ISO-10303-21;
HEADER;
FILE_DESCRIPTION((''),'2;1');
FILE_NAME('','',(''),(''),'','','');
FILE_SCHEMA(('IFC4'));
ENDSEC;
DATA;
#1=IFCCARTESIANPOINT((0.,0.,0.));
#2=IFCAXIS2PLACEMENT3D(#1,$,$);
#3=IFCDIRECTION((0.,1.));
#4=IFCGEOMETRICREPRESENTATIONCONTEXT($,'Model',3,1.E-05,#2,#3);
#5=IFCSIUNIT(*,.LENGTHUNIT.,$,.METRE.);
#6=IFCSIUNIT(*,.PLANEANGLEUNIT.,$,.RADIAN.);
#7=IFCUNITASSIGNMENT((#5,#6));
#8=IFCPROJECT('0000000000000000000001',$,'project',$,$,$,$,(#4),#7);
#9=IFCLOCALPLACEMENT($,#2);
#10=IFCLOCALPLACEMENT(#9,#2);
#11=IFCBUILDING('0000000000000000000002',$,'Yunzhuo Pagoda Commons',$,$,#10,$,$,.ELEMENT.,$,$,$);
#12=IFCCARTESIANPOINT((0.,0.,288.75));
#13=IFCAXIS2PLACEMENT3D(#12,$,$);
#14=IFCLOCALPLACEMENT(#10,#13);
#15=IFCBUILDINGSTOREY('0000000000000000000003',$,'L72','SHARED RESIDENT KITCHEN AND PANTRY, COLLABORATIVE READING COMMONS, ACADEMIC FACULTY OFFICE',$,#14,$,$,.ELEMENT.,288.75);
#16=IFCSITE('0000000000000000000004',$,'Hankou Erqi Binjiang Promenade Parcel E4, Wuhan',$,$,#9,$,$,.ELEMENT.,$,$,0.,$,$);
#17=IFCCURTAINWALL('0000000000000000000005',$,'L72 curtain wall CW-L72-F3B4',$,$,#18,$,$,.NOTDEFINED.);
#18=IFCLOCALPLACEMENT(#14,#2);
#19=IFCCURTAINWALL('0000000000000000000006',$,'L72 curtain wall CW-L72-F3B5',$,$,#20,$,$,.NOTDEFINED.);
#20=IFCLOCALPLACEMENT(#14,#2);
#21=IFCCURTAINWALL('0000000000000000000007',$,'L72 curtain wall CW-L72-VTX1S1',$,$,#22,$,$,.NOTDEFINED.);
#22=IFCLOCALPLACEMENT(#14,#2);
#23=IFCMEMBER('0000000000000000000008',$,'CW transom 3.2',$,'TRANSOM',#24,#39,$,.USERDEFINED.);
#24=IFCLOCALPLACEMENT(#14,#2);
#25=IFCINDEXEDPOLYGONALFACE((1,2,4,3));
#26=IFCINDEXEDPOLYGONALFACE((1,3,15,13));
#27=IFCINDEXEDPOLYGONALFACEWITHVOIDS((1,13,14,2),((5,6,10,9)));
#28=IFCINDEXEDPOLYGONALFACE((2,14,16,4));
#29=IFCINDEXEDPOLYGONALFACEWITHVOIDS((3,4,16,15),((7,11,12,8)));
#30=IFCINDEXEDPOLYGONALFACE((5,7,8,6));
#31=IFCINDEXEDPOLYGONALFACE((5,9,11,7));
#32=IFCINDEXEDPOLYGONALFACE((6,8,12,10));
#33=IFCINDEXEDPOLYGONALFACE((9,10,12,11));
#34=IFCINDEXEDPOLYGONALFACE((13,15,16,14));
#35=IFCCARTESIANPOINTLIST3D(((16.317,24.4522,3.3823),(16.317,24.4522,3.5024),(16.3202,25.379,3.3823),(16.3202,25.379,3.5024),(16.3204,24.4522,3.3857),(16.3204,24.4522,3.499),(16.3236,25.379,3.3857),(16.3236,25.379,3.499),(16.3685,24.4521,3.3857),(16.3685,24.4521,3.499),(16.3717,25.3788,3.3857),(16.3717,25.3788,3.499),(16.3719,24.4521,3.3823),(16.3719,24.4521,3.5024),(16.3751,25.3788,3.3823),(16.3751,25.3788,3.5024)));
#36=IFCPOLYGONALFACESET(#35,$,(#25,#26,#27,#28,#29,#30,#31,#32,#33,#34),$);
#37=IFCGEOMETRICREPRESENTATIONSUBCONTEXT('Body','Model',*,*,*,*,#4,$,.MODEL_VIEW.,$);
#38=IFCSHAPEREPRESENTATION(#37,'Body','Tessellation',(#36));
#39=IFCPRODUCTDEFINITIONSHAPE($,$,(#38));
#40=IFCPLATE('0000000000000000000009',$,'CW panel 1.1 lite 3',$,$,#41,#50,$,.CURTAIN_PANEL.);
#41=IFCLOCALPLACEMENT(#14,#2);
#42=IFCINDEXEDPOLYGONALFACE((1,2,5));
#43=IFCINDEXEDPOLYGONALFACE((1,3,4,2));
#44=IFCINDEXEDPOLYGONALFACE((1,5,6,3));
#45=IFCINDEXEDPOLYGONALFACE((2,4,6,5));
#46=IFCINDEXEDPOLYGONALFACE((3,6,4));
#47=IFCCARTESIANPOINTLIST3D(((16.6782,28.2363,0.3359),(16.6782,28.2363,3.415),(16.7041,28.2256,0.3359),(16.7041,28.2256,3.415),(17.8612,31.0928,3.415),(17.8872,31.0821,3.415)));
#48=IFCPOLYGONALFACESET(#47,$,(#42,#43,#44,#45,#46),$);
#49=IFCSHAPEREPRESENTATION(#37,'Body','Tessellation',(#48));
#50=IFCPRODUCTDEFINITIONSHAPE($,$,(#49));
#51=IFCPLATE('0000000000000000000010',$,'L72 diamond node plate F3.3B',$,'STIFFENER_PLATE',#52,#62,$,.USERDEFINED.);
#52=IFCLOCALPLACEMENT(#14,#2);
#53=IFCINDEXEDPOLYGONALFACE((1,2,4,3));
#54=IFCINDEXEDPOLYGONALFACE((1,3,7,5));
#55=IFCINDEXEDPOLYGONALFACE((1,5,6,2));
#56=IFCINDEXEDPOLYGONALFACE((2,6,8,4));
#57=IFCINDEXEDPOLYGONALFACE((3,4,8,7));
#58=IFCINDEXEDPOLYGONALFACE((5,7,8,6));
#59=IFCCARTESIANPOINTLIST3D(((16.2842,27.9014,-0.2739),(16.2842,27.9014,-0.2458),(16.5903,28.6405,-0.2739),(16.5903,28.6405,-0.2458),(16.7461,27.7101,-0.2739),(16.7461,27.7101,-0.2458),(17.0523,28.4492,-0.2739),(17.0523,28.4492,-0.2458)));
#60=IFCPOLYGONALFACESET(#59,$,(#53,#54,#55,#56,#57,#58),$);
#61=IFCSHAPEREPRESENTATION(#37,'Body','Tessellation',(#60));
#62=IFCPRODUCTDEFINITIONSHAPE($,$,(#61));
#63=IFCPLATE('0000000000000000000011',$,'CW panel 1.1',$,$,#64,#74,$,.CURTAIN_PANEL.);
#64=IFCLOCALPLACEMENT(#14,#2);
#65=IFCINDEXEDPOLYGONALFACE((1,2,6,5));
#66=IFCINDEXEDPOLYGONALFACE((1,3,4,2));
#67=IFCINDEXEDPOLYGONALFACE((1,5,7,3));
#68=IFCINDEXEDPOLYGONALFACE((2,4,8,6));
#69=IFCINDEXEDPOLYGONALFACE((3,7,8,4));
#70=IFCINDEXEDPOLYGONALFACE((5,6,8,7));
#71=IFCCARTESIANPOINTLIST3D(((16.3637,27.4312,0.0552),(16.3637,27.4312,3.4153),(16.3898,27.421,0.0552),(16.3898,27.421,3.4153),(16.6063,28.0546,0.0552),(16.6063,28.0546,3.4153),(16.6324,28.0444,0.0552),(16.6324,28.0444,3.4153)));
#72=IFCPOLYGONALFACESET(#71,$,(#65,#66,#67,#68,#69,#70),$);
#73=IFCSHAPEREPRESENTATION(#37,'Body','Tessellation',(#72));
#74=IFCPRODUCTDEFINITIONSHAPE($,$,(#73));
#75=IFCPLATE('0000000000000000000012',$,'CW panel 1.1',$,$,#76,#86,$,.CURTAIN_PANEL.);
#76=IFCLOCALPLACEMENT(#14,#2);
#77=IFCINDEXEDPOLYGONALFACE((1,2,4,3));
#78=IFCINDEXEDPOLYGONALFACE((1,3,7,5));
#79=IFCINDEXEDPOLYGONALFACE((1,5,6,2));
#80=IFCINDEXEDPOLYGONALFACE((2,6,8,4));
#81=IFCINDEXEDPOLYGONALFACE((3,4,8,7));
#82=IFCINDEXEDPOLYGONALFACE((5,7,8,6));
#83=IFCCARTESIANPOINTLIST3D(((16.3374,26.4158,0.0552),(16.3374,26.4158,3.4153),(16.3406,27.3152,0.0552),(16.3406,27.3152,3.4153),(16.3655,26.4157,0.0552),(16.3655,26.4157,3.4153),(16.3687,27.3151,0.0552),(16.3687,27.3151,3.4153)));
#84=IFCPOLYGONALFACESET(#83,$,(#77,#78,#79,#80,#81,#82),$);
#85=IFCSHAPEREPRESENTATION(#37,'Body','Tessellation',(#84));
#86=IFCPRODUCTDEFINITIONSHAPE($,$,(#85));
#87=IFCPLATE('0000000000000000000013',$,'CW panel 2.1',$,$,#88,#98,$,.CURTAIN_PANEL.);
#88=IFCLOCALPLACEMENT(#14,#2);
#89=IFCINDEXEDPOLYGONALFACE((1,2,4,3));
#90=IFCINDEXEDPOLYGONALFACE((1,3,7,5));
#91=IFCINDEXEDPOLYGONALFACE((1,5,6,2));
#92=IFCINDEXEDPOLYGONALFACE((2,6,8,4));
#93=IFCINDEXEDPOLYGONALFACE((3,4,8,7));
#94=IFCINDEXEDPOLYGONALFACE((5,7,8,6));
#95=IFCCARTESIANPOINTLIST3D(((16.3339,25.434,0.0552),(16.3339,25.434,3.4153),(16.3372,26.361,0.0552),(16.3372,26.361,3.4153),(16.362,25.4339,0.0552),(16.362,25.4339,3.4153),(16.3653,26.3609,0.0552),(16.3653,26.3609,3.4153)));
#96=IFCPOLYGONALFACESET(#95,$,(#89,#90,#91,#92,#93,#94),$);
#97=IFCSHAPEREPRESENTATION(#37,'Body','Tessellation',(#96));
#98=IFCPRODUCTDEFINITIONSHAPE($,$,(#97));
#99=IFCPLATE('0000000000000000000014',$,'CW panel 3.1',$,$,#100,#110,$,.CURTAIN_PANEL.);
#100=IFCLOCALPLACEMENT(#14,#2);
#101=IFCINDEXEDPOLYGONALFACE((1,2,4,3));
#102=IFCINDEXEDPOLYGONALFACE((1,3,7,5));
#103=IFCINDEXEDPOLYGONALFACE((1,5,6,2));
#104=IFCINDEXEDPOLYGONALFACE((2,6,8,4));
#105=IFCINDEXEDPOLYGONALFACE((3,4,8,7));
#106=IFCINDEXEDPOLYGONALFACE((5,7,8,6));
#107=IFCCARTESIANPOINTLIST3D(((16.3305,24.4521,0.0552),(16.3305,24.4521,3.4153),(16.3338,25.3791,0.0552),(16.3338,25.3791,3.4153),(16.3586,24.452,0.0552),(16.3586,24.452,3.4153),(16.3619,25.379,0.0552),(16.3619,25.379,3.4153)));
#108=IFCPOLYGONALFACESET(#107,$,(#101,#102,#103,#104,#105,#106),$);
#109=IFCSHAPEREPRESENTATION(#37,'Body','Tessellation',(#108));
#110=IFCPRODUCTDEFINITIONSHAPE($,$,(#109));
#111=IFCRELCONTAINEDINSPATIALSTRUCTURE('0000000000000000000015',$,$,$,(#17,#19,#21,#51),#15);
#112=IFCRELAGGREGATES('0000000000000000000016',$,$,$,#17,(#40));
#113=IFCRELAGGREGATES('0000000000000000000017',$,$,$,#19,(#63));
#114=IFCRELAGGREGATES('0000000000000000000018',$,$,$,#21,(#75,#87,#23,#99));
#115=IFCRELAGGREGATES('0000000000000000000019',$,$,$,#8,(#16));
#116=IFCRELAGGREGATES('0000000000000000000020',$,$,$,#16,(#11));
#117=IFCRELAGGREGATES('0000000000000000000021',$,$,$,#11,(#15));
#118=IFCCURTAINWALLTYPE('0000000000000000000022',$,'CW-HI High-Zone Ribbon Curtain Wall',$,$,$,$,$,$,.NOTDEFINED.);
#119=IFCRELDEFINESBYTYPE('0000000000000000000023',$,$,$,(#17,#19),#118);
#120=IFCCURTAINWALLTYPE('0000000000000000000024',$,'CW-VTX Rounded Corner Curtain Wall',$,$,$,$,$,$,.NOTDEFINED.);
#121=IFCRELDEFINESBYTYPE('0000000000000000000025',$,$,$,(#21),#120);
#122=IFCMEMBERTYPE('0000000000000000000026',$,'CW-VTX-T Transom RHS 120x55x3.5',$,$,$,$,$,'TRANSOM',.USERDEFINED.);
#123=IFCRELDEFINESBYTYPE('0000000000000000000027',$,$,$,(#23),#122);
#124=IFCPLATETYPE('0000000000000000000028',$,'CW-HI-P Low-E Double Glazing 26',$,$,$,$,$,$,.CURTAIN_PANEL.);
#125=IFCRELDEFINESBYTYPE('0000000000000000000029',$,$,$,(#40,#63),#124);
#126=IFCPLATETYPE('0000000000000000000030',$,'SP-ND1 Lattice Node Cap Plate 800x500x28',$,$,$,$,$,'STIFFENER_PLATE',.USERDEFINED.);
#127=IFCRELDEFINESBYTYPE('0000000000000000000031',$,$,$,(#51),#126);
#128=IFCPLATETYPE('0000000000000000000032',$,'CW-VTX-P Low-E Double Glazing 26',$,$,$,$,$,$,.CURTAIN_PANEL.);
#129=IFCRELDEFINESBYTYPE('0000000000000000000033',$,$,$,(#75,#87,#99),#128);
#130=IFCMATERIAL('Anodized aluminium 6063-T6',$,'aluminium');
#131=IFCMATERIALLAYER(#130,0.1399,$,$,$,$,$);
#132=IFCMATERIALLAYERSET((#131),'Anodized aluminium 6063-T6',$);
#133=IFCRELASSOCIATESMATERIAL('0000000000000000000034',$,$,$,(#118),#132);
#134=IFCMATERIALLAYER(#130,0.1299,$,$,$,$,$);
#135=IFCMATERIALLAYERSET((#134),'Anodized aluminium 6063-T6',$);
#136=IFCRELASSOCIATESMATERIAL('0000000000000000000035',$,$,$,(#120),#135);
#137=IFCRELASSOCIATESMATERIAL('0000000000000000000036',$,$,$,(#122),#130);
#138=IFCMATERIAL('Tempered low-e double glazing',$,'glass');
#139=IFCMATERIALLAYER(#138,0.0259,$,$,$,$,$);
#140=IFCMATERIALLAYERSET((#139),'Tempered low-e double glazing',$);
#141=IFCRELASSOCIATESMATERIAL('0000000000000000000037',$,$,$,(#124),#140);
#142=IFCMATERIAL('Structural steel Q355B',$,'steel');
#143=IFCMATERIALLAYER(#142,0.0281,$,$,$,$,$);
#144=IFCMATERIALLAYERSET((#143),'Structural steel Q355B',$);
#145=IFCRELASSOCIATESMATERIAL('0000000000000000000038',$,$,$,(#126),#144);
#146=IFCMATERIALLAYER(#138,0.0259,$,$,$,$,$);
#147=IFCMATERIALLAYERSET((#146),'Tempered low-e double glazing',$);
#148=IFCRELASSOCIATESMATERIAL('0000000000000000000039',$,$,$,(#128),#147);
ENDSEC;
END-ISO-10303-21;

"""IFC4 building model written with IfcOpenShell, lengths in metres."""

from ifc_helpers import new_model, si_unit, direction, frame, origin, origin_2d, place, context, subcontext, project, spatial, polyline, rectangle, hollow_rectangle, outline, extrude, source, transform, mapped, material, layer, layer_set, material_profile, profile_set, type_object, element, aggregate, save


model = new_model("IFC4")

# Units and contexts
model_context = context("Model", 3, precision=1e-05, world=origin(), true_north=direction((0.0, 1.0)))
body_context = subcontext(model_context, "Body", "Model", "MODEL_VIEW")
ifc_project = project(units=[si_unit("LENGTHUNIT", "METRE"), si_unit("PLANEANGLEUNIT", "RADIAN")], contexts=[model_context])

# Site, building, storey
site_placement = place(None, origin())
site = spatial("IfcSite", under=ifc_project, at=site_placement, Name="Hankou Erqi Binjiang Promenade Parcel E4, Wuhan", CompositionType="ELEMENT", RefElevation=0.0)
building_placement = place(site_placement, origin())
building = spatial("IfcBuilding", under=site, at=building_placement, Name="Yunzhuo Pagoda Commons", CompositionType="ELEMENT")
storey_placement = place(building_placement, frame((0.0, 0.0, 288.75)))
storey = spatial("IfcBuildingStorey", under=building, at=storey_placement, Name="L72", Description="SHARED RESIDENT KITCHEN AND PANTRY, COLLABORATIVE READING COMMONS, ACADEMIC FACULTY OFFICE", CompositionType="ELEMENT", Elevation=288.75)

# Shared definitions
ifc_material_1 = material(Name="Structural steel Q355B", Category="steel")

# Curtain wall
ifc_material_2 = material(Name="Anodized aluminium 6063-T6", Category="aluminium")
ifc_layer_1 = layer(ifc_material_2, 0.1399)
ifc_layer_set_1 = layer_set([ifc_layer_1], Name="Anodized aluminium 6063-T6")
curtain_wall_type_1 = type_object("IfcCurtainWallType", Name="CW-HI High-Zone Ribbon Curtain Wall", PredefinedType="NOTDEFINED", material=ifc_layer_set_1)
curtain_wall_1_placement = place(storey_placement, origin())
curtain_wall_1 = element("IfcCurtainWall", 1, at=curtain_wall_1_placement, inside=storey, type_object=curtain_wall_type_1, Name="L72 curtain wall CW-L72-F3B4", PredefinedType="NOTDEFINED")

# Curtain walls
curtain_wall_2_placement = place(storey_placement, origin())
curtain_wall_2 = element("IfcCurtainWall", 2, at=curtain_wall_2_placement, inside=storey, type_object=curtain_wall_type_1, Name="L72 curtain wall CW-L72-F3B5", PredefinedType="NOTDEFINED")
ifc_layer_2 = layer(ifc_material_2, 0.1299)
ifc_layer_set_2 = layer_set([ifc_layer_2], Name="Anodized aluminium 6063-T6")
curtain_wall_type_2 = type_object("IfcCurtainWallType", Name="CW-VTX Rounded Corner Curtain Wall", PredefinedType="NOTDEFINED", material=ifc_layer_set_2)
curtain_wall_3_placement = place(storey_placement, origin())
curtain_wall_3 = element("IfcCurtainWall", 3, at=curtain_wall_3_placement, inside=storey, type_object=curtain_wall_type_2, Name="L72 curtain wall CW-L72-VTX1S1", PredefinedType="NOTDEFINED")

# Member
ifc_material_profile_1 = material_profile(ifc_material_2, hollow_rectangle(XDim=0.0549, YDim=0.1201, WallThickness=0.0034, at=origin_2d()), Name="Anodized aluminium 6063-T6")
ifc_profile_set_1 = profile_set([ifc_material_profile_1], Name="Anodized aluminium 6063-T6")
member_type_1 = type_object("IfcMemberType", Name="CW-VTX-T Transom RHS 120x55x3.5", ElementType="TRANSOM", PredefinedType="USERDEFINED", material=ifc_profile_set_1)
shared_shape_1 = source(origin(), body_context, "Body", "SweptSolid", [
    extrude(hollow_rectangle(XDim=0.0549, YDim=0.1201, WallThickness=0.0034, at=origin_2d()), origin(), (0.0, 0.0, 1.0), 0.9268),
])
member_1_placement = place(storey_placement, frame((16.3477, 25.3789, 3.4424), z_axis=(-0.003425, -0.999994, 0.0), x_axis=(0.999994, -0.003425, 0.0)))
member_1 = element("IfcMember", 4, at=member_1_placement, type_object=member_type_1, Name="CW transom 3.2", ObjectType="TRANSOM", PredefinedType="USERDEFINED", context=body_context, shape_type="MappedRepresentation", body=[
    mapped(shared_shape_1, transform((0.0, 0.0, 0.0), scale=1.0)),
])

# Plates
ifc_material_3 = material(Name="Tempered low-e double glazing", Category="glass")
ifc_layer_3 = layer(ifc_material_3, 0.0259)
ifc_layer_set_3 = layer_set([ifc_layer_3], Name="Tempered low-e double glazing")
plate_type_1 = type_object("IfcPlateType", Name="CW-HI-P Low-E Double Glazing 26", PredefinedType="CURTAIN_PANEL", material=ifc_layer_set_3)
plate_1_placement = place(storey_placement, frame((17.2957, 29.6538, 1.8755), z_axis=(-0.923899, 0.382636, 0.0), x_axis=(-0.382636, -0.923899, 0.0)))
plate_1 = element("IfcPlate", 5, at=plate_1_placement, type_object=plate_type_1, Name="CW panel 1.1 lite 3", PredefinedType="CURTAIN_PANEL", context=body_context, shape_type="SweptSolid", body=[
    extrude(outline(polyline([(-1.5459, 1.5396), (1.5459, -1.5396), (1.5459, 1.5396), (-1.5459, 1.5396)])), origin(), (0.0, 0.0, 1.0), 0.0281),
])
aggregate(curtain_wall_1, [plate_1])
ifc_layer_4 = layer(ifc_material_1, 0.0281)
ifc_layer_set_4 = layer_set([ifc_layer_4], Name="Structural steel Q355B")
plate_type_2 = type_object("IfcPlateType", Name="SP-ND1 Lattice Node Cap Plate 800x500x28", ElementType="STIFFENER_PLATE", PredefinedType="USERDEFINED", material=ifc_layer_set_4)
shared_shape_2 = source(origin(), body_context, "Body", "SweptSolid", [
    extrude(rectangle(XDim=0.8, YDim=0.5, at=origin_2d()), origin(), (0.0, 0.0, 1.0), 0.0281),
])
plate_2_placement = place(storey_placement, frame((16.6682, 28.1753, -0.2739), z_axis=(0.0, 0.0, 1.0), x_axis=(-0.382635, -0.9239, 0.0)))
element("IfcPlate", 6, at=plate_2_placement, inside=storey, type_object=plate_type_2, Name="L72 diamond node plate F3.3B", ObjectType="STIFFENER_PLATE", PredefinedType="USERDEFINED", context=body_context, shape_type="MappedRepresentation", body=[
    mapped(shared_shape_2, transform((0.0, 0.0, 0.0), scale=1.0)),
])
shared_shape_3 = source(origin(), body_context, "Body", "SweptSolid", [
    extrude(rectangle(XDim=0.6689, YDim=0.0281, at=origin_2d()), origin(), (0.0, 0.0, 1.0), 3.3601),
])
plate_3_placement = place(storey_placement, frame((16.498, 27.7378, 0.0552), z_axis=(0.0, 0.0, 1.0), x_axis=(-0.362654, -0.931924, 0.0)))
plate_3 = element("IfcPlate", 7, at=plate_3_placement, type_object=plate_type_1, Name="CW panel 1.1", PredefinedType="CURTAIN_PANEL", context=body_context, shape_type="MappedRepresentation", body=[
    mapped(shared_shape_3, transform((0.0, 0.0, 0.0), scale=1.0)),
])
aggregate(curtain_wall_2, [plate_3])
ifc_layer_5 = layer(ifc_material_3, 0.0259)
ifc_layer_set_5 = layer_set([ifc_layer_5], Name="Tempered low-e double glazing")
plate_type_3 = type_object("IfcPlateType", Name="CW-VTX-P Low-E Double Glazing 26", PredefinedType="CURTAIN_PANEL", material=ifc_layer_set_5)
shared_shape_4 = source(origin(), body_context, "Body", "SweptSolid", [
    extrude(rectangle(XDim=0.8994, YDim=0.0281, at=origin_2d()), origin(), (0.0, 0.0, 1.0), 3.3601),
])
plate_4_placement = place(storey_placement, frame((16.353, 26.8655, 0.0552), z_axis=(0.0, 0.0, 1.0), x_axis=(-0.00359, -0.999994, 0.0)))
plate_4 = element("IfcPlate", 8, at=plate_4_placement, type_object=plate_type_3, Name="CW panel 1.1", PredefinedType="CURTAIN_PANEL", context=body_context, shape_type="MappedRepresentation", body=[
    mapped(shared_shape_4, transform((0.0, 0.0, 0.0), scale=1.0)),
])
shared_shape_5 = source(origin(), body_context, "Body", "SweptSolid", [
    extrude(rectangle(XDim=0.927, YDim=0.0281, at=origin_2d()), origin(), (0.0, 0.0, 1.0), 3.3601),
])
plate_5_placement = place(storey_placement, frame((16.3496, 25.8975, 0.0552), z_axis=(0.0, 0.0, 1.0), x_axis=(-0.00359, -0.999994, 0.0)))
plate_5 = element("IfcPlate", 9, at=plate_5_placement, type_object=plate_type_3, Name="CW panel 2.1", PredefinedType="CURTAIN_PANEL", context=body_context, shape_type="MappedRepresentation", body=[
    mapped(shared_shape_5, transform((0.0, 0.0, 0.0), scale=1.0)),
])
plate_6_placement = place(storey_placement, frame((16.3462, 24.9155, 0.0552), z_axis=(0.0, 0.0, 1.0), x_axis=(-0.00359, -0.999994, 0.0)))
plate_6 = element("IfcPlate", 10, at=plate_6_placement, type_object=plate_type_3, Name="CW panel 3.1", PredefinedType="CURTAIN_PANEL", context=body_context, shape_type="MappedRepresentation", body=[
    mapped(shared_shape_5, transform((0.0, 0.0, 0.0), scale=1.0)),
])
aggregate(curtain_wall_3, [plate_4, plate_5, member_1, plate_6])

save(model, "model.ifc")
